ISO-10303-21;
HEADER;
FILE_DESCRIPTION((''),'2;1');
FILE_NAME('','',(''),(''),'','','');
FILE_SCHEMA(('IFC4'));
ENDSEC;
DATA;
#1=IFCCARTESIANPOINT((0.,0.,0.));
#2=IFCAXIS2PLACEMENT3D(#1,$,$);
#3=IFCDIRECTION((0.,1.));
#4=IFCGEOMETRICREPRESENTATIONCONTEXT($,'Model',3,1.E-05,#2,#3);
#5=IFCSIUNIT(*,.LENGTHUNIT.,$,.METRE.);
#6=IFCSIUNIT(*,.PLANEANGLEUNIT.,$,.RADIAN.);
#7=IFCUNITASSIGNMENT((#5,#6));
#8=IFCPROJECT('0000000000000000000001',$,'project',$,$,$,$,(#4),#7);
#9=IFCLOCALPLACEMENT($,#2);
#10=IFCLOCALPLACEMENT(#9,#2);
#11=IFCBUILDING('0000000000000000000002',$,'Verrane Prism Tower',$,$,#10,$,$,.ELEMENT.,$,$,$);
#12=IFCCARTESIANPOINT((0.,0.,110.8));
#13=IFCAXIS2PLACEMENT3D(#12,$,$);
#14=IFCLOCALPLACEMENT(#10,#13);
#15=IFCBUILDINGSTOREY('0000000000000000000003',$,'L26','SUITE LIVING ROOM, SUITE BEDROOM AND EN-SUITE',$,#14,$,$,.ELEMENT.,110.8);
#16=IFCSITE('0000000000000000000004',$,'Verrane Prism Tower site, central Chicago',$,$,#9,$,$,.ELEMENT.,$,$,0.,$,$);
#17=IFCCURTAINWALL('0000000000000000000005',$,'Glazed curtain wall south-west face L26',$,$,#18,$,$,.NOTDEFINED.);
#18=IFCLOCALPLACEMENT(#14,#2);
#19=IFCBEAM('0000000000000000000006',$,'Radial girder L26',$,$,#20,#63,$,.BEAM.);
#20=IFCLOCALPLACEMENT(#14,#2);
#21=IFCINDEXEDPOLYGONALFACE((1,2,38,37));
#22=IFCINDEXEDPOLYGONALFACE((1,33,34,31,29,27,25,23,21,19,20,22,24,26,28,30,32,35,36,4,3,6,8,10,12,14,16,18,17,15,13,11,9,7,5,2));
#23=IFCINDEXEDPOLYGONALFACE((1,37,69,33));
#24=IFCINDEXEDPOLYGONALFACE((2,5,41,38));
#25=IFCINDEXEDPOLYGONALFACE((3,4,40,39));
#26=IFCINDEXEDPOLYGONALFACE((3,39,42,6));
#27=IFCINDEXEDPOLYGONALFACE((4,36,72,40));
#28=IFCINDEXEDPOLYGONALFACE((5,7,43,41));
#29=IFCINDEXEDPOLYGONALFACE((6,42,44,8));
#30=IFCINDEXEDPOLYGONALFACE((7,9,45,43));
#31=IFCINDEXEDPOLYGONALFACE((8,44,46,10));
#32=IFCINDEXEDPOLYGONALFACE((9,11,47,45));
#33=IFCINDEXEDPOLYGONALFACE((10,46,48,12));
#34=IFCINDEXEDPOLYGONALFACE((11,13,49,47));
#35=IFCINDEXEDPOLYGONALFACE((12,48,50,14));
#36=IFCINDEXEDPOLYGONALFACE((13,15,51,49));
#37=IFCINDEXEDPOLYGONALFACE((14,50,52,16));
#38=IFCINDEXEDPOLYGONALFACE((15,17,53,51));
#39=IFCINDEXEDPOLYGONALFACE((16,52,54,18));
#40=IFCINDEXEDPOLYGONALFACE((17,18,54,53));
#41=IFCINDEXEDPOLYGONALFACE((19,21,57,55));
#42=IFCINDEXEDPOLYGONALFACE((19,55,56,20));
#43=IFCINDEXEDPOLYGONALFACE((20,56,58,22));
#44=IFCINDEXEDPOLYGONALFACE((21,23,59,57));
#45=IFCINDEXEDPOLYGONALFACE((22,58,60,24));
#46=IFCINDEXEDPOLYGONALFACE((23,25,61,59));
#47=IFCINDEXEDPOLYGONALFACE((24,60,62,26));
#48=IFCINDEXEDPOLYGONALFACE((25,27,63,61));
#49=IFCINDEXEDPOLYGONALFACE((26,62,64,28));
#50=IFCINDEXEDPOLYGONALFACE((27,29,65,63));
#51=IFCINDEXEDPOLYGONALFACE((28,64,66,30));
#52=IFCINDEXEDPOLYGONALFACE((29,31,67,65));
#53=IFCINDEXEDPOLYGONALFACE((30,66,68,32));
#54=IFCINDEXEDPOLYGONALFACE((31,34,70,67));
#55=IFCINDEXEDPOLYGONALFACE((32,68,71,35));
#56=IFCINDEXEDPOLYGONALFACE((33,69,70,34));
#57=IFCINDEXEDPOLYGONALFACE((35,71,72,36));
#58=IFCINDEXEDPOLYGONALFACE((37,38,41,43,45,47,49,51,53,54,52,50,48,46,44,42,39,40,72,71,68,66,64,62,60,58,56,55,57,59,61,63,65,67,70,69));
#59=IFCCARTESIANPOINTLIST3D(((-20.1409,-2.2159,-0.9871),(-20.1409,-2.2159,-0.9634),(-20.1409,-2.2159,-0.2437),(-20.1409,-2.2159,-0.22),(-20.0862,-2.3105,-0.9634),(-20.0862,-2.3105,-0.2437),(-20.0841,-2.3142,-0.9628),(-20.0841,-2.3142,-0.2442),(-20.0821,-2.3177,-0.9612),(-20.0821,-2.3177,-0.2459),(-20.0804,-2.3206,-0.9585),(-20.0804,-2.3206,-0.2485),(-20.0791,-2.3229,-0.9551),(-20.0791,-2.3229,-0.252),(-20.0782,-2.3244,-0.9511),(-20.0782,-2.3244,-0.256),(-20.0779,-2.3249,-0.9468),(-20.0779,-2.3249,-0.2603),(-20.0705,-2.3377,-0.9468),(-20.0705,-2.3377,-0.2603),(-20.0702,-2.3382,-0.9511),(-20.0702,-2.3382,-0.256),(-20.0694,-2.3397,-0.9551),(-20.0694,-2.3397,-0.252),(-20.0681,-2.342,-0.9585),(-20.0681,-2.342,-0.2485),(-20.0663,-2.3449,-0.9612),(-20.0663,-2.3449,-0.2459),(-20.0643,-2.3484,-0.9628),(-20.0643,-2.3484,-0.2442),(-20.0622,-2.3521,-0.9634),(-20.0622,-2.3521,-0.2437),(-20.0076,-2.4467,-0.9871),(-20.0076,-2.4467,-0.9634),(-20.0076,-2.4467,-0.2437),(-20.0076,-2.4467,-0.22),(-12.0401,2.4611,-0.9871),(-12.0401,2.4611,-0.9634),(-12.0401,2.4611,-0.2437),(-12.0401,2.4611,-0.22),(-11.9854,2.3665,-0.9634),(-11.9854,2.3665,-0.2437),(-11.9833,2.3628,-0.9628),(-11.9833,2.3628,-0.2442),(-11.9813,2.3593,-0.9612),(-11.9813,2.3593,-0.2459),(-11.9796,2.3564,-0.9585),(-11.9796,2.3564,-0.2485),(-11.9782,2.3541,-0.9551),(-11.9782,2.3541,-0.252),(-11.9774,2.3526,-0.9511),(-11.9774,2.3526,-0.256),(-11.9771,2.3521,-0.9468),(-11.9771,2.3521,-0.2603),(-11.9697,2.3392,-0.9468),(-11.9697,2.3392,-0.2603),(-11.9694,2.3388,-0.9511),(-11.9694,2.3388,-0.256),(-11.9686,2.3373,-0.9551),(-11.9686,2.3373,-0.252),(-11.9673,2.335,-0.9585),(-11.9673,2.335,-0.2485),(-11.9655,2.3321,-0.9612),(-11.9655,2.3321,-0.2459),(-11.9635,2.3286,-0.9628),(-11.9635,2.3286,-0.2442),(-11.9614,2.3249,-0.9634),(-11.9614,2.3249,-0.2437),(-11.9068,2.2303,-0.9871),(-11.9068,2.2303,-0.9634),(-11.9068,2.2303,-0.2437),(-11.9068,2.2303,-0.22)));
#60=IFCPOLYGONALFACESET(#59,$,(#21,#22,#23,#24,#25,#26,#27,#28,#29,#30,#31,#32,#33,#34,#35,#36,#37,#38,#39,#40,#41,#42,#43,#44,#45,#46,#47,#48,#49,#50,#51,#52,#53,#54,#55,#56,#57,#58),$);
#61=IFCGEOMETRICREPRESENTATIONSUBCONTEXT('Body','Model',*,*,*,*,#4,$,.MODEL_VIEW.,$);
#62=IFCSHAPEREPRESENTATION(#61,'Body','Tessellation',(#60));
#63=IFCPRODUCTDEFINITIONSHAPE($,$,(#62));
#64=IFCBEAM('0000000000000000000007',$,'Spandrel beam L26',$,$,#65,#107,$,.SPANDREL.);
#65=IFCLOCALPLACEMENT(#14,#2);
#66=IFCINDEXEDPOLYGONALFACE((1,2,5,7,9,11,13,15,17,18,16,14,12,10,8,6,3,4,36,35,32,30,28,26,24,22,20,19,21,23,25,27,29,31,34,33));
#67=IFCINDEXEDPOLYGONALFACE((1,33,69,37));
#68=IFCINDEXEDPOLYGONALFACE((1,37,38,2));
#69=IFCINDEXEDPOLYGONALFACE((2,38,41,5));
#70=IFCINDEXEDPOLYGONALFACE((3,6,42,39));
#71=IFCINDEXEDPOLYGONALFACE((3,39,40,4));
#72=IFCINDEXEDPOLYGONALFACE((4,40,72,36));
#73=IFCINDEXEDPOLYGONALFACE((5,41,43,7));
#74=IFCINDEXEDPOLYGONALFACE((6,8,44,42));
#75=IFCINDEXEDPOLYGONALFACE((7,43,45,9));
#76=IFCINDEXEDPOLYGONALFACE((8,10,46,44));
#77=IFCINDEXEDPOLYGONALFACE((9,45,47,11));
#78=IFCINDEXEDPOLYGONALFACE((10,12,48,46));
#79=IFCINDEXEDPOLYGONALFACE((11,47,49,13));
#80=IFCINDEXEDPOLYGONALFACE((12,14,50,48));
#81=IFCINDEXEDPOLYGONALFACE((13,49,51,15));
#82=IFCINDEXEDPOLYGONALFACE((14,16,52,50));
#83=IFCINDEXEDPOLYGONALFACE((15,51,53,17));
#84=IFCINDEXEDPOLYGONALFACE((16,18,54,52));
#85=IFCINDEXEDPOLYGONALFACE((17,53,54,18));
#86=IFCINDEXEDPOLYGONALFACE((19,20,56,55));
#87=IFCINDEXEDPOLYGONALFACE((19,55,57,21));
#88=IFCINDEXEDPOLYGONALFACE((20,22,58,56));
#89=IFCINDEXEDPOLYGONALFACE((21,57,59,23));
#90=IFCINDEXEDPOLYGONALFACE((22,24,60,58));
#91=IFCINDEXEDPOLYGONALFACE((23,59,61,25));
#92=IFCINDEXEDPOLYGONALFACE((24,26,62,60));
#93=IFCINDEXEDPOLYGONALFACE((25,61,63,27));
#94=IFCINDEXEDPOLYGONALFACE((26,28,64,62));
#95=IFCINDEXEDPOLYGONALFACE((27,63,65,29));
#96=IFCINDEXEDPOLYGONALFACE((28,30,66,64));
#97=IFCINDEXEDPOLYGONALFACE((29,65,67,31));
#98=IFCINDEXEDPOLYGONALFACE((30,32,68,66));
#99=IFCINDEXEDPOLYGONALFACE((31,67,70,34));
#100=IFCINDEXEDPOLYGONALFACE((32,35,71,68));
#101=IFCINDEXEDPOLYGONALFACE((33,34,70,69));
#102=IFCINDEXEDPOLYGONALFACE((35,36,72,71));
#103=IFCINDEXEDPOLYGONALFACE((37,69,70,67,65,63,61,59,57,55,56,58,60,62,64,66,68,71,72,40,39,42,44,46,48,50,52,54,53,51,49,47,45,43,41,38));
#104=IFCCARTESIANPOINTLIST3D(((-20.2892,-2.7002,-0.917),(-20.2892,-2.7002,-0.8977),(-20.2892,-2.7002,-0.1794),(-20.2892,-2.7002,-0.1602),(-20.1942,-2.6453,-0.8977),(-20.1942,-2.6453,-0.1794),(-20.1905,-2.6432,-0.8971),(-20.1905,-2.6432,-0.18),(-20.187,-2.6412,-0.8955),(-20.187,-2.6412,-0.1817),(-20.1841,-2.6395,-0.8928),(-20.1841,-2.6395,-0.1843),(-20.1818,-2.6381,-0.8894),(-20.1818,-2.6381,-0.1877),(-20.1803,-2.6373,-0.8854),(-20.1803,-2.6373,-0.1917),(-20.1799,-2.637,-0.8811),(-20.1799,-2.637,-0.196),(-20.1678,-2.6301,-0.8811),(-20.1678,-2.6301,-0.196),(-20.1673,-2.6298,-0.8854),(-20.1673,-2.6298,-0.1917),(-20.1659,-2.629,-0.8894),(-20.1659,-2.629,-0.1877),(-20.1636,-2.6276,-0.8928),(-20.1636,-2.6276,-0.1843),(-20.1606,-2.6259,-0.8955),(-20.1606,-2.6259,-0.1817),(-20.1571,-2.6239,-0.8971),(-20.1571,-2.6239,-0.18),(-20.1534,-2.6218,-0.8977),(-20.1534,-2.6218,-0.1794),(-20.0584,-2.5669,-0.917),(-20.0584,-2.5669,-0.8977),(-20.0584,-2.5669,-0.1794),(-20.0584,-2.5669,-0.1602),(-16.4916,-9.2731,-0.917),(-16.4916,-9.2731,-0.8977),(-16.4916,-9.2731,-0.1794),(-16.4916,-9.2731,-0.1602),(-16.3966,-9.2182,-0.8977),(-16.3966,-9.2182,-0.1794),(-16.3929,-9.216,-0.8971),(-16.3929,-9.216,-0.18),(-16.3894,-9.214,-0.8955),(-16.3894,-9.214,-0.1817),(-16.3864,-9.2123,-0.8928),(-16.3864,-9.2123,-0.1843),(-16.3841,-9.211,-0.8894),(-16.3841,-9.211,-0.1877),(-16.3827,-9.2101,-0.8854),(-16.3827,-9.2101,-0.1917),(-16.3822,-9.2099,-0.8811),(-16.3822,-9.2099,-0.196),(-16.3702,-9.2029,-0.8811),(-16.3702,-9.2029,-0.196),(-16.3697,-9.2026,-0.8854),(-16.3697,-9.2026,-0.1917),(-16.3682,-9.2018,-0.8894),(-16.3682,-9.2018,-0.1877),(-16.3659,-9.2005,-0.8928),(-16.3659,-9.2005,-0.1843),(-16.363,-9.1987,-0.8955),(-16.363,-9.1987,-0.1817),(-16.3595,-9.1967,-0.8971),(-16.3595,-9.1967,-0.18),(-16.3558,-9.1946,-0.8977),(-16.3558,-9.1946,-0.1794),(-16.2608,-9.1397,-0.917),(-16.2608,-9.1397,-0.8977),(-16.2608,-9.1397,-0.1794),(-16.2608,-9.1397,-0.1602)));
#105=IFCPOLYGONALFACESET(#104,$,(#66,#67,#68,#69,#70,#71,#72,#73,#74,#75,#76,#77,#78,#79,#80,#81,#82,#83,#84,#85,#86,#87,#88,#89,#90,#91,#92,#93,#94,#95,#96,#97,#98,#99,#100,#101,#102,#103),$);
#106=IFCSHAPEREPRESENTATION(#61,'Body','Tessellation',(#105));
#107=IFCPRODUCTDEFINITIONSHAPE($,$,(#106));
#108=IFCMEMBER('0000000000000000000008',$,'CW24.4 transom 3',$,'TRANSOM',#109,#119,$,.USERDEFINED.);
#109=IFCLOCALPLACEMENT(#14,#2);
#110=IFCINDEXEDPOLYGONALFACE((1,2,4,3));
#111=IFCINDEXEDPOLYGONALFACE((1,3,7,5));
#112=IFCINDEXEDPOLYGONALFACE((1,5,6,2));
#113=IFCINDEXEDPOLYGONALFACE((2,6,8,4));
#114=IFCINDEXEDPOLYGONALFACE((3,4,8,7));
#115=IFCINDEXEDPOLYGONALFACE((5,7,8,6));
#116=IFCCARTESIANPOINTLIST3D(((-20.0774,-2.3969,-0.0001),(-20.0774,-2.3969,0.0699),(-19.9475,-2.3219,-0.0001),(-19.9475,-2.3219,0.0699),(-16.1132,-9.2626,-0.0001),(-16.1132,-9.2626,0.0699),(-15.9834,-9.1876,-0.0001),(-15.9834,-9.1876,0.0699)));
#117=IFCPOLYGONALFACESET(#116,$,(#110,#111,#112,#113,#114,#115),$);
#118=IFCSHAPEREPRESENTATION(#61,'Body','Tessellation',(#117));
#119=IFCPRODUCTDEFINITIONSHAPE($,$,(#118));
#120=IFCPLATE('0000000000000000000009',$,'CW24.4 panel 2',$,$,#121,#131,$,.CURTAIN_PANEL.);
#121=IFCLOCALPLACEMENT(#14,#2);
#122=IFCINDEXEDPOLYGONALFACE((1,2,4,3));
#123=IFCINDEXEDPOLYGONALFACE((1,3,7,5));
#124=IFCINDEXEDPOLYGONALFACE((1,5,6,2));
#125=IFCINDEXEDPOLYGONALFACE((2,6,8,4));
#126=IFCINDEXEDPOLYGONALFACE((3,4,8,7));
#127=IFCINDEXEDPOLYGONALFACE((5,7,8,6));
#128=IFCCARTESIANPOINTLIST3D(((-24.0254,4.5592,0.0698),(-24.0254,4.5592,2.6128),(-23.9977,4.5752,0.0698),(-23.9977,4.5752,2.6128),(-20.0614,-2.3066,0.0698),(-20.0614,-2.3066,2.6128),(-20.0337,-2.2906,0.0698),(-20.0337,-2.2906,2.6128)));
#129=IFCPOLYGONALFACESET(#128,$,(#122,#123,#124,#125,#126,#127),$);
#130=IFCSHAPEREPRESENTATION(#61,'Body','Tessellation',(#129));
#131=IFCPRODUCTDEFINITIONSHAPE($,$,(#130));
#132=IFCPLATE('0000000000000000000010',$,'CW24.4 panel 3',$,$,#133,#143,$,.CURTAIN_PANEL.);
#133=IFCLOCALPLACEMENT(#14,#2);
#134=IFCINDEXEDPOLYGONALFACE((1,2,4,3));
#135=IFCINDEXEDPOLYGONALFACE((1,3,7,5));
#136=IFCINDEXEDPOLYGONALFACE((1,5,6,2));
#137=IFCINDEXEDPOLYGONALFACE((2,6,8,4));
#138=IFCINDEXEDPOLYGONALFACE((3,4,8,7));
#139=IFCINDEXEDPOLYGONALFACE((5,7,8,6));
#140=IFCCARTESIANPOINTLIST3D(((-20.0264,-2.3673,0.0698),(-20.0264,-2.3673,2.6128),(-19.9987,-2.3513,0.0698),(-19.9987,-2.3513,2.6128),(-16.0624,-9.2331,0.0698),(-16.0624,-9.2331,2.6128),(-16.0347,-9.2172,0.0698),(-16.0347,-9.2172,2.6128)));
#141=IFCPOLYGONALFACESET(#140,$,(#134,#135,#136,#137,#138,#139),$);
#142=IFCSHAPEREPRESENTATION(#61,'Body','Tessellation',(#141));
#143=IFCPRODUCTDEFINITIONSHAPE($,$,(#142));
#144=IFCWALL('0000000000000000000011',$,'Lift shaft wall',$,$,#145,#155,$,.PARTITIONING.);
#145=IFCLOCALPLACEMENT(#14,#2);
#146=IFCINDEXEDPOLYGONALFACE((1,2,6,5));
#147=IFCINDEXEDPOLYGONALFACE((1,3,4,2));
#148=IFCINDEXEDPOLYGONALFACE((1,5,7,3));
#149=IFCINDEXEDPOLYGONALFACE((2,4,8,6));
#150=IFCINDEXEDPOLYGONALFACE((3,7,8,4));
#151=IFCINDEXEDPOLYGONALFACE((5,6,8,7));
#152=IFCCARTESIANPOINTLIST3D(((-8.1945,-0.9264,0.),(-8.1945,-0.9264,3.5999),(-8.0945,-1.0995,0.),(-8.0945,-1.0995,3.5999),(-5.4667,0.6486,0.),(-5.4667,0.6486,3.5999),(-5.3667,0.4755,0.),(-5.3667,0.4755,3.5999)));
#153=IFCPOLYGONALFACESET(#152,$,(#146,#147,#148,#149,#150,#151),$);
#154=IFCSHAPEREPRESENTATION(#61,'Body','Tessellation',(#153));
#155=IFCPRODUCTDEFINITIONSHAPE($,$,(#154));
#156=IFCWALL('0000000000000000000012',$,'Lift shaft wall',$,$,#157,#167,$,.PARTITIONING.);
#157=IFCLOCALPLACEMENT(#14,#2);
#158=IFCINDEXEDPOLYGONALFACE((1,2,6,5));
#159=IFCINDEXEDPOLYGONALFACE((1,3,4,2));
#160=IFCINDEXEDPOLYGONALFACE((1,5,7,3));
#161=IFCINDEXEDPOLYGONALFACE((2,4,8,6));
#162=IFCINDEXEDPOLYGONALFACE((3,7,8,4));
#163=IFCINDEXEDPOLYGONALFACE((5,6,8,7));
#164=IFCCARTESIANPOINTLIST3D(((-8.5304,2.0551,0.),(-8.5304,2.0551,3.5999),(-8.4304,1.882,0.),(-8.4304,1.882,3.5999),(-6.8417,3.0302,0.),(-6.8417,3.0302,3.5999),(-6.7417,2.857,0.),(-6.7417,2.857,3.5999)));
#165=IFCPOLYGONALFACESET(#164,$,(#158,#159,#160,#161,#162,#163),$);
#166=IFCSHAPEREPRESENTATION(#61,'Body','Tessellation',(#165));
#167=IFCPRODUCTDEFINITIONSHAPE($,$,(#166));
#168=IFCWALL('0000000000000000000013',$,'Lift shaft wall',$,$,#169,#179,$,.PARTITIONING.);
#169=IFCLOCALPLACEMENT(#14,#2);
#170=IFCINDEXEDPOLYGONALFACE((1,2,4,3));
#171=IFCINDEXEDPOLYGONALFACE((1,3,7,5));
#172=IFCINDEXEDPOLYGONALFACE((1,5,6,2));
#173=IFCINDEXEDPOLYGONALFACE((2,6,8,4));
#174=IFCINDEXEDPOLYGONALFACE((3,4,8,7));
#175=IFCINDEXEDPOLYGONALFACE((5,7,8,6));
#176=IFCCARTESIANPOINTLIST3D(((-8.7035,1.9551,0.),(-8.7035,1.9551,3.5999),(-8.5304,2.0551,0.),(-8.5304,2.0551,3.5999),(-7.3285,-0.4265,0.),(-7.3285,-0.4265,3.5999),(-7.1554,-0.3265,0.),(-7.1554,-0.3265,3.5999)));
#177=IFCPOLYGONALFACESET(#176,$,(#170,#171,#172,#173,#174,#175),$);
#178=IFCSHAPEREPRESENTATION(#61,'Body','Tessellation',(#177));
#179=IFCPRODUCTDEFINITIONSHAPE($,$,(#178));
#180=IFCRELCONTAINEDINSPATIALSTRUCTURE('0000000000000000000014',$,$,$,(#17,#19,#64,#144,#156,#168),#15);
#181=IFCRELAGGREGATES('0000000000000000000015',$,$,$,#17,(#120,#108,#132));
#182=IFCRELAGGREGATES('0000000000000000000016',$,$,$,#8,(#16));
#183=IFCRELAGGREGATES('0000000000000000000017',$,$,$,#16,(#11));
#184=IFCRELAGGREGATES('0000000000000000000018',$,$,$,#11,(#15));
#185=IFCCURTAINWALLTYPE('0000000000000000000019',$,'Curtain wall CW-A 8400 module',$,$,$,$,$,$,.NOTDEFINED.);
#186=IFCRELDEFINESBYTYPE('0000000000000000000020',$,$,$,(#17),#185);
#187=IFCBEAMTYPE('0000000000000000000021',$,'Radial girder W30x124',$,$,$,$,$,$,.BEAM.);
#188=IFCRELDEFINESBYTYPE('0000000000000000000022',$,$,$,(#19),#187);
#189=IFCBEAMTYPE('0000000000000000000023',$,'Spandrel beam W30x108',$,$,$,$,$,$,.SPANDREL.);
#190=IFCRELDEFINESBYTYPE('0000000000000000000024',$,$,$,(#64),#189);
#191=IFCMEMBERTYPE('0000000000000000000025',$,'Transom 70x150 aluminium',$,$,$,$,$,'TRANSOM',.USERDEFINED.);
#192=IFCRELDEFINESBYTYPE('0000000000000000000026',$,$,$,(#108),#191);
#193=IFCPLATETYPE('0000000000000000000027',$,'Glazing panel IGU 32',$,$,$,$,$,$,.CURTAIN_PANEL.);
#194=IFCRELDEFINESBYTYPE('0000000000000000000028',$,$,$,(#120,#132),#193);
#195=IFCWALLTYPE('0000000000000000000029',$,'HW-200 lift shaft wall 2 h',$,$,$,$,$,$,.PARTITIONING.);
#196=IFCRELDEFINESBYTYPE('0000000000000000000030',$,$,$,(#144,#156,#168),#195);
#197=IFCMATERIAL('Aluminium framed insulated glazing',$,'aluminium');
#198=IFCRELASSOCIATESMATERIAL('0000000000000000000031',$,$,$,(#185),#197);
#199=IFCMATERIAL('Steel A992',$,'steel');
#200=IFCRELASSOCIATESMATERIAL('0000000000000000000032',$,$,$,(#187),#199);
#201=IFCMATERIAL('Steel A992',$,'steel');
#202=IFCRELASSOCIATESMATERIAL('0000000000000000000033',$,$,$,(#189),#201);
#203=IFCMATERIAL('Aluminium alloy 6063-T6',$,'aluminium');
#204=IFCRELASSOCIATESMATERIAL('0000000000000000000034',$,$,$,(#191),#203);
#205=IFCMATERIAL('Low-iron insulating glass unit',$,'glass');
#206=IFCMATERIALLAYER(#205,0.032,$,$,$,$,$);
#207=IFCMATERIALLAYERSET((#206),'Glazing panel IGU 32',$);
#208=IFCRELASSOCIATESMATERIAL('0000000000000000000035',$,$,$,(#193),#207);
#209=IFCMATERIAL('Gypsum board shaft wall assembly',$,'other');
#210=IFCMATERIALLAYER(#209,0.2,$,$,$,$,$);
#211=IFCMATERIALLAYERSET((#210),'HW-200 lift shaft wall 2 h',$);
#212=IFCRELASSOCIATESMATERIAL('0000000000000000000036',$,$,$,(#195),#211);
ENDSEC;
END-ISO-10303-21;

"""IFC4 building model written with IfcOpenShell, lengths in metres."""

from ifc_helpers import new_model, si_unit, direction, frame, frame_2d, origin, origin_2d, place, context, subcontext, project, spatial, rectangle, i_section, extrude, material, layer, layer_set, material_profile, profile_set, type_object, element, aggregate, save


model = new_model("IFC4")

# Units and contexts
model_context = context("Model", 3, precision=1e-05, world=origin(), true_north=direction((0.0, 1.0)))
body_context = subcontext(model_context, "Body", "Model", "MODEL_VIEW")
ifc_project = project(units=[si_unit("LENGTHUNIT", "METRE"), si_unit("PLANEANGLEUNIT", "RADIAN")], contexts=[model_context])

# Site, building, storey
site_placement = place(None, origin())
site = spatial("IfcSite", under=ifc_project, at=site_placement, Name="Verrane Prism Tower site, central Chicago", CompositionType="ELEMENT", RefElevation=0.0)
building_placement = place(site_placement, origin())
building = spatial("IfcBuilding", under=site, at=building_placement, Name="Verrane Prism Tower", CompositionType="ELEMENT")
storey_placement = place(building_placement, frame((0.0, 0.0, 110.8)))
storey = spatial("IfcBuildingStorey", under=building, at=storey_placement, Name="L26", Description="SUITE LIVING ROOM, SUITE BEDROOM AND EN-SUITE", CompositionType="ELEMENT", Elevation=110.8)

# Curtain wall
ifc_material_1 = material(Name="Aluminium framed insulated glazing", Category="aluminium")
curtain_wall_type = type_object("IfcCurtainWallType", Name="Curtain wall CW-A 8400 module", PredefinedType="NOTDEFINED", material=ifc_material_1)
curtain_wall_placement = place(storey_placement, origin())
curtain_wall = element("IfcCurtainWall", 1, at=curtain_wall_placement, inside=storey, type_object=curtain_wall_type, Name="Glazed curtain wall south-west face L26", PredefinedType="NOTDEFINED")

# Beams
ifc_material_2 = material(Name="Steel A992", Category="steel")
ifc_material_profile_1 = material_profile(ifc_material_2, i_section(OverallWidth=0.2666, OverallDepth=0.7671, WebThickness=0.0149, FlangeThickness=0.0237, FilletRadius=0.0166, at=origin_2d()), Name="W30x124")
ifc_profile_set_1 = profile_set([ifc_material_profile_1], Name="Steel A992")
beam_type_1 = type_object("IfcBeamType", Name="Radial girder W30x124", PredefinedType="BEAM", material=ifc_profile_set_1)
beam_1_placement = place(storey_placement, frame((-20.0742, -2.3313, -0.6035), z_axis=(0.866026, 0.499999, 0.0), x_axis=(-0.499999, 0.866026, 0.0)))
element("IfcBeam", 2, at=beam_1_placement, inside=storey, type_object=beam_type_1, Name="Radial girder L26", PredefinedType="BEAM", context=body_context, shape_type="SweptSolid", body=[
    extrude(i_section(OverallWidth=0.2666, OverallDepth=0.7671, WebThickness=0.0149, FlangeThickness=0.0237, FilletRadius=0.0166, at=origin_2d()), origin(), (0.0, 0.0, 1.0), 9.354),
])
ifc_material_3 = material(Name="Steel A992", Category="steel")
ifc_material_profile_2 = material_profile(ifc_material_3, i_section(OverallWidth=0.2666, OverallDepth=0.7568, WebThickness=0.0139, FlangeThickness=0.0193, FilletRadius=0.0166, at=origin_2d()), Name="W30x108")
ifc_profile_set_2 = profile_set([ifc_material_profile_2], Name="Steel A992")
beam_type_2 = type_object("IfcBeamType", Name="Spandrel beam W30x108", PredefinedType="SPANDREL", material=ifc_profile_set_2)
beam_2_placement = place(storey_placement, frame((-20.1738, -2.6335, -0.5386), z_axis=(0.500279, -0.865864, 0.0), x_axis=(0.865864, 0.500279, 0.0)))
element("IfcBeam", 3, at=beam_2_placement, inside=storey, type_object=beam_type_2, Name="Spandrel beam L26", PredefinedType="SPANDREL", context=body_context, shape_type="SweptSolid", body=[
    extrude(i_section(OverallWidth=0.2666, OverallDepth=0.7568, WebThickness=0.0139, FlangeThickness=0.0193, FilletRadius=0.0166, at=origin_2d()), origin(), (0.0, 0.0, 1.0), 7.5911),
])

# Member
ifc_material_4 = material(Name="Aluminium alloy 6063-T6", Category="aluminium")
ifc_material_profile_3 = material_profile(ifc_material_4, rectangle(XDim=0.1499, YDim=0.0701, at=origin_2d()), Name="Transom 70x150 aluminium")
ifc_profile_set_3 = profile_set([ifc_material_profile_3], Name="Aluminium alloy 6063-T6")
member_type_1 = type_object("IfcMemberType", Name="Transom 70x150 aluminium", ElementType="TRANSOM", PredefinedType="USERDEFINED", material=ifc_profile_set_3)
member_1_placement = place(storey_placement, frame((-20.0125, -2.3594, 0.0349), z_axis=(0.500017, -0.866015, 0.0), x_axis=(0.866015, 0.500017, 0.0)))
member_1 = element("IfcMember", 4, at=member_1_placement, type_object=member_type_1, Name="CW24.4 transom 3", ObjectType="TRANSOM", PredefinedType="USERDEFINED", context=body_context, shape_type="SweptSolid", body=[
    extrude(rectangle(XDim=0.1499, YDim=0.0701, at=origin_2d()), origin(), (0.0, 0.0, 1.0), 7.928),
])

# Plates
ifc_material_5 = material(Name="Low-iron insulating glass unit", Category="glass")
ifc_layer_1 = layer(ifc_material_5, 0.032)
ifc_layer_set_1 = layer_set([ifc_layer_1], Name="Glazing panel IGU 32")
plate_type = type_object("IfcPlateType", Name="Glazing panel IGU 32", PredefinedType="CURTAIN_PANEL", material=ifc_layer_set_1)
plate_1_placement = place(storey_placement, frame((-22.0295, 1.1343, 0.0698), z_axis=(0.0, 0.0, 1.0), x_axis=(0.5, -0.866025, 0.0)))
plate_1 = element("IfcPlate", 5, at=plate_1_placement, type_object=plate_type, Name="CW24.4 panel 2", PredefinedType="CURTAIN_PANEL", context=body_context, shape_type="SweptSolid", body=[
    extrude(rectangle(XDim=7.928, YDim=0.032, at=origin_2d()), origin(), (0.0, 0.0, 1.0), 2.543),
])
plate_2_placement = place(storey_placement, frame((-18.0305, -5.7922, 0.0698), z_axis=(0.0, 0.0, 1.0), x_axis=(0.5, -0.866025, 0.0)))
plate_2 = element("IfcPlate", 6, at=plate_2_placement, type_object=plate_type, Name="CW24.4 panel 3", PredefinedType="CURTAIN_PANEL", context=body_context, shape_type="SweptSolid", body=[
    extrude(rectangle(XDim=7.928, YDim=0.032, at=origin_2d()), origin(), (0.0, 0.0, 1.0), 2.543),
])
aggregate(curtain_wall, [plate_1, member_1, plate_2])

# Walls
ifc_material_6 = material(Name="Gypsum board shaft wall assembly", Category="other")
ifc_layer_2 = layer(ifc_material_6, 0.2)
ifc_layer_set_2 = layer_set([ifc_layer_2], Name="HW-200 lift shaft wall 2 h")
wall_type_1 = type_object("IfcWallType", Name="HW-200 lift shaft wall 2 h", PredefinedType="PARTITIONING", material=ifc_layer_set_2)
wall_1_placement = place(storey_placement, frame((-8.1445, -1.0129, 0.0), z_axis=(0.0, 0.0, 1.0), x_axis=(0.866016, 0.500015, 0.0)))
element("IfcWall", 7, at=wall_1_placement, inside=storey, type_object=wall_type_1, Name="Lift shaft wall", PredefinedType="PARTITIONING", context=body_context, shape_type="SweptSolid", body=[
    extrude(rectangle(XDim=3.1499, YDim=0.2, at=frame_2d((1.575, 0.0))), origin(), (0.0, 0.0, 1.0), 3.5999),
])
wall_2_placement = place(storey_placement, frame((-8.4805, 1.9685, 0.0), z_axis=(0.0, 0.0, 1.0), x_axis=(0.866, 0.500044, 0.0)))
element("IfcWall", 8, at=wall_2_placement, inside=storey, type_object=wall_type_1, Name="Lift shaft wall", PredefinedType="PARTITIONING", context=body_context, shape_type="SweptSolid", body=[
    extrude(rectangle(XDim=1.95, YDim=0.2, at=frame_2d((0.9751, 0.0))), origin(), (0.0, 0.0, 1.0), 3.5999),
])
wall_3_placement = place(storey_placement, frame((-7.2419, -0.3765, 0.0), z_axis=(0.0, 0.0, 1.0), x_axis=(-0.499997, 0.866027, 0.0)))
element("IfcWall", 9, at=wall_3_placement, inside=storey, type_object=wall_type_1, Name="Lift shaft wall", PredefinedType="PARTITIONING", context=body_context, shape_type="SweptSolid", body=[
    extrude(rectangle(XDim=2.75, YDim=0.2, at=frame_2d((1.375, 0.0))), origin(), (0.0, 0.0, 1.0), 3.5999),
])

save(model, "model.ifc")
